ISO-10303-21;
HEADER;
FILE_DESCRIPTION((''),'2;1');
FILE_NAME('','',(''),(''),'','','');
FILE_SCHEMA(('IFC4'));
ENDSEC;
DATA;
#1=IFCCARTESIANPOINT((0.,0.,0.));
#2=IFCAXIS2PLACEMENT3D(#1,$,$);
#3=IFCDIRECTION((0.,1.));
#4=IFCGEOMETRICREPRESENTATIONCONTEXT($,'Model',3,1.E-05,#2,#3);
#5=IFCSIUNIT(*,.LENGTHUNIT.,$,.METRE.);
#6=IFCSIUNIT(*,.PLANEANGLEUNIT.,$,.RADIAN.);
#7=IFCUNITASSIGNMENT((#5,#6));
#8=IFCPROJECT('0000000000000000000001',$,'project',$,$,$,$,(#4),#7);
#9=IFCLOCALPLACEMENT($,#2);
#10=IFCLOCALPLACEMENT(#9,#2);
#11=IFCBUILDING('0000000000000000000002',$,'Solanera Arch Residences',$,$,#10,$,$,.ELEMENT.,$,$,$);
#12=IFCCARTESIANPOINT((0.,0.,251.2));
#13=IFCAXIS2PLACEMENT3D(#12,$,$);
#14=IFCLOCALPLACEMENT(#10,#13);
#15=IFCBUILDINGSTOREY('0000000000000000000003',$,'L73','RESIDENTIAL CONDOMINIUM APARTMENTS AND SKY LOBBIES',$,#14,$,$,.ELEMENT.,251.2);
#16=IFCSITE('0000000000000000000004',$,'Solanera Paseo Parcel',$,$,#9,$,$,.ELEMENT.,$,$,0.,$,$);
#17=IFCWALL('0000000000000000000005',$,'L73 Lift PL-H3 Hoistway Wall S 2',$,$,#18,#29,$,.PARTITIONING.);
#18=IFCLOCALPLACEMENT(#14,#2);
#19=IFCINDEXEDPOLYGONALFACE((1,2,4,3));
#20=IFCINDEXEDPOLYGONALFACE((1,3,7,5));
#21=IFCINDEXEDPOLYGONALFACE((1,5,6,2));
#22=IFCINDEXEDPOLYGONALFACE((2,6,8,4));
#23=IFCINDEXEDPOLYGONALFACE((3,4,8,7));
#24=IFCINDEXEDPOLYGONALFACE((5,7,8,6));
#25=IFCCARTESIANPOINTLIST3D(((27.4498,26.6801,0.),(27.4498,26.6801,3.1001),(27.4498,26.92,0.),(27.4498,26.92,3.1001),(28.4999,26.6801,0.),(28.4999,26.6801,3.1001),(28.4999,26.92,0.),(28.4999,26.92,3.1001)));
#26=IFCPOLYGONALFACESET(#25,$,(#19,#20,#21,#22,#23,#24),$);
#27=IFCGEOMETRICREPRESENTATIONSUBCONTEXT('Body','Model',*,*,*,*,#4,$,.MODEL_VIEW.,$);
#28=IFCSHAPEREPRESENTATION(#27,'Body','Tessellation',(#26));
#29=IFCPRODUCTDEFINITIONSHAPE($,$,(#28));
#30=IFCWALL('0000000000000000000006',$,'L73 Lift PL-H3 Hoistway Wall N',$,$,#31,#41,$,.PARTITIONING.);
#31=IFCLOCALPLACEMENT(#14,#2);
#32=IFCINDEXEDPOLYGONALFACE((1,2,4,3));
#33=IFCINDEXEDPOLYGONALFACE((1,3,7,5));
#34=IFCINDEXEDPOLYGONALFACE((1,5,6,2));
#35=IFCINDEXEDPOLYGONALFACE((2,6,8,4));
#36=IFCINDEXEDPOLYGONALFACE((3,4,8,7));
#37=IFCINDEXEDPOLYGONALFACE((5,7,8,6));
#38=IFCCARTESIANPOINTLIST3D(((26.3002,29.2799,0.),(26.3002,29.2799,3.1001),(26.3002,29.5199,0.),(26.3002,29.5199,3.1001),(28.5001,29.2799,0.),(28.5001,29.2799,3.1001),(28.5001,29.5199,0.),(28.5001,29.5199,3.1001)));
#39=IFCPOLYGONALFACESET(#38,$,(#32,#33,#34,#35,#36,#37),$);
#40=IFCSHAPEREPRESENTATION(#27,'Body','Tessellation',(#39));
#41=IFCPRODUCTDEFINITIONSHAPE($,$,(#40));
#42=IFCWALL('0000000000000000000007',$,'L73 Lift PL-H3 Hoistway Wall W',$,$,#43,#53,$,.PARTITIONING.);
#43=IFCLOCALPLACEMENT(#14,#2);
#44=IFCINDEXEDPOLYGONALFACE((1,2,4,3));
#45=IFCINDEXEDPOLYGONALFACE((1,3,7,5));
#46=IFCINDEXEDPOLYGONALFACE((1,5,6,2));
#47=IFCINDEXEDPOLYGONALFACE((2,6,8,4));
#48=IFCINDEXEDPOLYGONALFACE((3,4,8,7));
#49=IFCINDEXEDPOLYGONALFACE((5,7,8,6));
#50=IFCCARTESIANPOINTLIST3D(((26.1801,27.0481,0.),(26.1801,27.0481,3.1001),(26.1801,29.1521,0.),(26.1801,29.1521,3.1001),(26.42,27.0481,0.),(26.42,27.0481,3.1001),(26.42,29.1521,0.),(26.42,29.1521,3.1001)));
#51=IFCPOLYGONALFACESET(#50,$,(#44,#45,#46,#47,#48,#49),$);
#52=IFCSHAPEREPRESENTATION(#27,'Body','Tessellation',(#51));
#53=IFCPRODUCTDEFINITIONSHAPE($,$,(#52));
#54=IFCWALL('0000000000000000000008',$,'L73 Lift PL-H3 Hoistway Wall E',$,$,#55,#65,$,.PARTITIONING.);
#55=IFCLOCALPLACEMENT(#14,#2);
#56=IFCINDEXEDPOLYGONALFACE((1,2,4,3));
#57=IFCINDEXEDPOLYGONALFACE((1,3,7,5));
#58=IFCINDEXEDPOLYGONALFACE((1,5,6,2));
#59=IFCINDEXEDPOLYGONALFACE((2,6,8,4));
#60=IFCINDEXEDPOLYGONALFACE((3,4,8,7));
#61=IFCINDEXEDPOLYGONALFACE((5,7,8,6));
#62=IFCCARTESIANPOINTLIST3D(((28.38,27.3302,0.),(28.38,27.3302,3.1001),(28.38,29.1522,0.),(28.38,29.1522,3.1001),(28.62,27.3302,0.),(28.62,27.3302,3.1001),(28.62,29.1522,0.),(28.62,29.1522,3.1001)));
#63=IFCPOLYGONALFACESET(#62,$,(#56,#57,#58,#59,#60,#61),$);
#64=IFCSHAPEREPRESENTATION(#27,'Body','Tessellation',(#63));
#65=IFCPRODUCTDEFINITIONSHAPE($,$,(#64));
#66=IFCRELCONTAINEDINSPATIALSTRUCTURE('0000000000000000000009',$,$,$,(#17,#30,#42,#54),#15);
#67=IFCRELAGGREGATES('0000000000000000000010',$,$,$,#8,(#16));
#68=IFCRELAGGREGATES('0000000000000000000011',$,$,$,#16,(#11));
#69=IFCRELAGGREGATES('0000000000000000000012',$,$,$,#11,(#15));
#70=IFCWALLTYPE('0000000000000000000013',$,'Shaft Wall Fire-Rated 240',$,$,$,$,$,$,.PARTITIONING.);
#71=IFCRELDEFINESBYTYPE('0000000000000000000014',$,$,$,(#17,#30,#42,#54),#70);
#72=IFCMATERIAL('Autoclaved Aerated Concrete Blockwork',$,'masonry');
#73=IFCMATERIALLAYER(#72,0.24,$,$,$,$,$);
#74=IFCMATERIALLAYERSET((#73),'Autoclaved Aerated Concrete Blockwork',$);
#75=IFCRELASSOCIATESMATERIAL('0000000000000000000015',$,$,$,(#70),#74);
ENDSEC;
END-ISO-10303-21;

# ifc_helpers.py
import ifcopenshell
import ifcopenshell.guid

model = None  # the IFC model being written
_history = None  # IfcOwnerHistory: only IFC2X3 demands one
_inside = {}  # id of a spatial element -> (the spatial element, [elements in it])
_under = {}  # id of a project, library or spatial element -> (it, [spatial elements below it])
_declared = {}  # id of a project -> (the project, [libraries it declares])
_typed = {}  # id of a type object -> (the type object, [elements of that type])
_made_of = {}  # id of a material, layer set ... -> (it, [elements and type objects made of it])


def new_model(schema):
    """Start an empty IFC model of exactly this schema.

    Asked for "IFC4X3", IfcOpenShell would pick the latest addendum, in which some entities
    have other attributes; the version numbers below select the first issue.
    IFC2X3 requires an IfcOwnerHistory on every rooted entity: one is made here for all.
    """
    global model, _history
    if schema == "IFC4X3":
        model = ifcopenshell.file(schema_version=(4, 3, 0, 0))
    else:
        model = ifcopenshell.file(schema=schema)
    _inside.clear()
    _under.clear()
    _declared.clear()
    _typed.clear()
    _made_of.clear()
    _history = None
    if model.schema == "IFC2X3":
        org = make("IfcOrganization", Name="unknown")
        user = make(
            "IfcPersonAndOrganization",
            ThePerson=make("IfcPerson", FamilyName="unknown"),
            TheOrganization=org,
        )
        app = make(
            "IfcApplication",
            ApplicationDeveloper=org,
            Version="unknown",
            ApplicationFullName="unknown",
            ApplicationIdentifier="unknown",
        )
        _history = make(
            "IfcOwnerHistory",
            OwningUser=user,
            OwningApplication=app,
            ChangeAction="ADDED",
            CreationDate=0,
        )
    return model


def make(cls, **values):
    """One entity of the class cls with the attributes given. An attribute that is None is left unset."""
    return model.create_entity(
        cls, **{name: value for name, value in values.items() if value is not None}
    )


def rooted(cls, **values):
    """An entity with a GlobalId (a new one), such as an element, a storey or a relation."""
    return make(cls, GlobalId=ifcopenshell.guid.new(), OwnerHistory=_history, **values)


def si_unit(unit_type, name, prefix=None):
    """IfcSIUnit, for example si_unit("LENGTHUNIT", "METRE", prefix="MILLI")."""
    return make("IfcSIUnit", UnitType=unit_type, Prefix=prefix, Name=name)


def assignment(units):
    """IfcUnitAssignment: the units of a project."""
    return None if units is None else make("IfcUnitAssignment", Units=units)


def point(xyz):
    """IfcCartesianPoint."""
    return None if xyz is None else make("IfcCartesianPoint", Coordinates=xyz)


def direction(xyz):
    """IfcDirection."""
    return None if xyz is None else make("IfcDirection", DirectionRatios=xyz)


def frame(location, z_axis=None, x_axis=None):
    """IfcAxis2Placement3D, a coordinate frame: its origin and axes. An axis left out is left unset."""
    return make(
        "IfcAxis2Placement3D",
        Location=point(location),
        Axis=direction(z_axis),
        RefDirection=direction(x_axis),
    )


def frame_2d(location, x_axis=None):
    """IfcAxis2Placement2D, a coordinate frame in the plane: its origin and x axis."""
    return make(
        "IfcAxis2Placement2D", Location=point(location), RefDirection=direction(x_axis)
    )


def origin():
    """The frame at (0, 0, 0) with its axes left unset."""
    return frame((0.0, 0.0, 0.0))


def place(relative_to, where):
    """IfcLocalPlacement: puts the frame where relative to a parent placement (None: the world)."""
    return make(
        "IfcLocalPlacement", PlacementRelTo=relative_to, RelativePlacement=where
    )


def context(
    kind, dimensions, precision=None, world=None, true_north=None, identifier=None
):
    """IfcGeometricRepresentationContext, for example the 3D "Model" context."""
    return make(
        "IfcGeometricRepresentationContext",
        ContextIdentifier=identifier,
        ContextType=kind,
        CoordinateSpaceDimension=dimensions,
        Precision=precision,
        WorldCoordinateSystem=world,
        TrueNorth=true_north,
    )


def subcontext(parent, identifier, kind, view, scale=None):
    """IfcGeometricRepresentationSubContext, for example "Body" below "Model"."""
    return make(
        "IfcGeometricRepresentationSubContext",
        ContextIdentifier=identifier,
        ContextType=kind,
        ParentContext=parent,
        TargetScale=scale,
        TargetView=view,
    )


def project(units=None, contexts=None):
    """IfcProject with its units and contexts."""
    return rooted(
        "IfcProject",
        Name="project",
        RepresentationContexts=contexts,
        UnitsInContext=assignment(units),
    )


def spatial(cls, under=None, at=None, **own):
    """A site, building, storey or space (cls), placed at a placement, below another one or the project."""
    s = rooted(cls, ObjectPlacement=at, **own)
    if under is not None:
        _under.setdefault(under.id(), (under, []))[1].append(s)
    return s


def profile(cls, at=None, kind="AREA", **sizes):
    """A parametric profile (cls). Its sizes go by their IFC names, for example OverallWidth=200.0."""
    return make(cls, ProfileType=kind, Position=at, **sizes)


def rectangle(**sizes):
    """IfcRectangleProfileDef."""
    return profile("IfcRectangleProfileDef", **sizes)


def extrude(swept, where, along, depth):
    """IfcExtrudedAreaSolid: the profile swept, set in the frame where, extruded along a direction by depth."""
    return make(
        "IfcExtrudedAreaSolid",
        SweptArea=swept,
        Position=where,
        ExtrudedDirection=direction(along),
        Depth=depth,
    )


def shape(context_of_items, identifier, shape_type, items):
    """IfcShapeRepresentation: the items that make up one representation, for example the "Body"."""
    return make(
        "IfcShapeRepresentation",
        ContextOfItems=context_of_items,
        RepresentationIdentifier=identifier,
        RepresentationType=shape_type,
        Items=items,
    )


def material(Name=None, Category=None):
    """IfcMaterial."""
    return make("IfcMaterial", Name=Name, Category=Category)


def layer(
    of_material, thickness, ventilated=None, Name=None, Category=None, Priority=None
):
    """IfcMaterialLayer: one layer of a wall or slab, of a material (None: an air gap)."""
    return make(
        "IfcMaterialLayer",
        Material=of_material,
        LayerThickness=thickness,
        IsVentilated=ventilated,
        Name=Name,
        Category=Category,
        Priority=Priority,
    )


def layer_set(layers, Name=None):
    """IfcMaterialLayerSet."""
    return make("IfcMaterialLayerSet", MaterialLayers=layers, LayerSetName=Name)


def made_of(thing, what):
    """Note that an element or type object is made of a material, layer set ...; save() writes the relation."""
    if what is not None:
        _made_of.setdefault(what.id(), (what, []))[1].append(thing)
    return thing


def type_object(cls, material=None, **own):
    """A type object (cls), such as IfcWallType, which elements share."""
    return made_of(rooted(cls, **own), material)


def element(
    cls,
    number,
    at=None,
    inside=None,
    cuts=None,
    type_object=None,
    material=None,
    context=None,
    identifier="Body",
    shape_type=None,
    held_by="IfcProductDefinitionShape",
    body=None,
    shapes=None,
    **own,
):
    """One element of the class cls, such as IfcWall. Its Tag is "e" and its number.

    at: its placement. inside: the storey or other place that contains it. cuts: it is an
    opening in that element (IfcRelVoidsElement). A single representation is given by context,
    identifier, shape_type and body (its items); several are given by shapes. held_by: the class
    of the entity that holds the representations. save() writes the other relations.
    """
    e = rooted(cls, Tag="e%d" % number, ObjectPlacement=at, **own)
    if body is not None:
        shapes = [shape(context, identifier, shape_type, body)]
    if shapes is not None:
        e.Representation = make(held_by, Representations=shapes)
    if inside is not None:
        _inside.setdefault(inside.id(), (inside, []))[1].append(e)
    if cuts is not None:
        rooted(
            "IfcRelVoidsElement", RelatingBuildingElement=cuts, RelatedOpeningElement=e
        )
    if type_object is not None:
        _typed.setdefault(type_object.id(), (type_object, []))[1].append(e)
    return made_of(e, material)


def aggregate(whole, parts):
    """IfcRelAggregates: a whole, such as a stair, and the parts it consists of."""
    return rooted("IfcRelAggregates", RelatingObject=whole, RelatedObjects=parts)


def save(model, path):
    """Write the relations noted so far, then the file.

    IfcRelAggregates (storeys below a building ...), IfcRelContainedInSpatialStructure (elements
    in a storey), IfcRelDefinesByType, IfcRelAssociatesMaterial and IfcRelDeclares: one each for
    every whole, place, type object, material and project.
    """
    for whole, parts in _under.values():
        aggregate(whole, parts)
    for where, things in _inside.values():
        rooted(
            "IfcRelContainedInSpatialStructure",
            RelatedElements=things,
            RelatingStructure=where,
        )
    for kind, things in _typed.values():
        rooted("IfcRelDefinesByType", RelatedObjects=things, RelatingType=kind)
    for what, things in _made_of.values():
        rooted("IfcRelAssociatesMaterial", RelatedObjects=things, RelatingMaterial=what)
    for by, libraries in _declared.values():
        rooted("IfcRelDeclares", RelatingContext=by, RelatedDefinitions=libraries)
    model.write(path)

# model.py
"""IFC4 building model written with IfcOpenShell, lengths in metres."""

from ifc_helpers import new_model, si_unit, direction, frame, frame_2d, origin, place, context, subcontext, project, spatial, rectangle, extrude, material, layer, layer_set, type_object, element, save


model = new_model("IFC4")

# Units and contexts
model_context = context("Model", 3, precision=1e-05, world=origin(), true_north=direction((0.0, 1.0)))
body_context = subcontext(model_context, "Body", "Model", "MODEL_VIEW")
ifc_project = project(units=[si_unit("LENGTHUNIT", "METRE"), si_unit("PLANEANGLEUNIT", "RADIAN")], contexts=[model_context])

# Site, building, storey
site_placement = place(None, origin())
site = spatial("IfcSite", under=ifc_project, at=site_placement, Name="Solanera Paseo Parcel", CompositionType="ELEMENT", RefElevation=0.0)
building_placement = place(site_placement, origin())
building = spatial("IfcBuilding", under=site, at=building_placement, Name="Solanera Arch Residences", CompositionType="ELEMENT")
storey_placement = place(building_placement, frame((0.0, 0.0, 251.2)))
storey = spatial("IfcBuildingStorey", under=building, at=storey_placement, Name="L73", Description="RESIDENTIAL CONDOMINIUM APARTMENTS AND SKY LOBBIES", CompositionType="ELEMENT", Elevation=251.2)

# Walls
ifc_material_1 = material(Name="Autoclaved Aerated Concrete Blockwork", Category="masonry")
ifc_layer_1 = layer(ifc_material_1, 0.24)
ifc_layer_set_1 = layer_set([ifc_layer_1], Name="Autoclaved Aerated Concrete Blockwork")
wall_type_1 = type_object("IfcWallType", Name="Shaft Wall Fire-Rated 240", PredefinedType="PARTITIONING", material=ifc_layer_set_1)
wall_1_placement = place(storey_placement, frame((27.45, 26.8, 0.0), z_axis=(0.0, 0.0, 1.0), x_axis=(1.0, 0.0, 0.0)))
element("IfcWall", 1, at=wall_1_placement, inside=storey, type_object=wall_type_1, Name="L73 Lift PL-H3 Hoistway Wall S 2", PredefinedType="PARTITIONING", context=body_context, shape_type="SweptSolid", body=[
    extrude(rectangle(XDim=1.05, YDim=0.24, at=frame_2d((0.5249, 0.0))), origin(), (0.0, 0.0, 1.0), 3.1001),
])
wall_2_placement = place(storey_placement, frame((26.3, 29.3999, 0.0), z_axis=(0.0, 0.0, 1.0), x_axis=(1.0, 0.0, 0.0)))
element("IfcWall", 2, at=wall_2_placement, inside=storey, type_object=wall_type_1, Name="L73 Lift PL-H3 Hoistway Wall N", PredefinedType="PARTITIONING", context=body_context, shape_type="SweptSolid", body=[
    extrude(rectangle(XDim=2.2, YDim=0.24, at=frame_2d((1.1001, 0.0))), origin(), (0.0, 0.0, 1.0), 3.1001),
])
wall_3_placement = place(storey_placement, frame((26.3, 27.0481, 0.0), z_axis=(0.0, 0.0, 1.0), x_axis=(0.0, 1.0, 0.0)))
element("IfcWall", 3, at=wall_3_placement, inside=storey, type_object=wall_type_1, Name="L73 Lift PL-H3 Hoistway Wall W", PredefinedType="PARTITIONING", context=body_context, shape_type="SweptSolid", body=[
    extrude(rectangle(XDim=2.104, YDim=0.24, at=frame_2d((1.052, 0.0))), origin(), (0.0, 0.0, 1.0), 3.1001),
])
wall_4_placement = place(storey_placement, frame((28.5, 27.3301, 0.0), z_axis=(0.0, 0.0, 1.0), x_axis=(0.0, 1.0, 0.0)))
element("IfcWall", 4, at=wall_4_placement, inside=storey, type_object=wall_type_1, Name="L73 Lift PL-H3 Hoistway Wall E", PredefinedType="PARTITIONING", context=body_context, shape_type="SweptSolid", body=[
    extrude(rectangle(XDim=1.822, YDim=0.24, at=frame_2d((0.9111, 0.0))), origin(), (0.0, 0.0, 1.0), 3.1001),
])

save(model, "model.ifc")
